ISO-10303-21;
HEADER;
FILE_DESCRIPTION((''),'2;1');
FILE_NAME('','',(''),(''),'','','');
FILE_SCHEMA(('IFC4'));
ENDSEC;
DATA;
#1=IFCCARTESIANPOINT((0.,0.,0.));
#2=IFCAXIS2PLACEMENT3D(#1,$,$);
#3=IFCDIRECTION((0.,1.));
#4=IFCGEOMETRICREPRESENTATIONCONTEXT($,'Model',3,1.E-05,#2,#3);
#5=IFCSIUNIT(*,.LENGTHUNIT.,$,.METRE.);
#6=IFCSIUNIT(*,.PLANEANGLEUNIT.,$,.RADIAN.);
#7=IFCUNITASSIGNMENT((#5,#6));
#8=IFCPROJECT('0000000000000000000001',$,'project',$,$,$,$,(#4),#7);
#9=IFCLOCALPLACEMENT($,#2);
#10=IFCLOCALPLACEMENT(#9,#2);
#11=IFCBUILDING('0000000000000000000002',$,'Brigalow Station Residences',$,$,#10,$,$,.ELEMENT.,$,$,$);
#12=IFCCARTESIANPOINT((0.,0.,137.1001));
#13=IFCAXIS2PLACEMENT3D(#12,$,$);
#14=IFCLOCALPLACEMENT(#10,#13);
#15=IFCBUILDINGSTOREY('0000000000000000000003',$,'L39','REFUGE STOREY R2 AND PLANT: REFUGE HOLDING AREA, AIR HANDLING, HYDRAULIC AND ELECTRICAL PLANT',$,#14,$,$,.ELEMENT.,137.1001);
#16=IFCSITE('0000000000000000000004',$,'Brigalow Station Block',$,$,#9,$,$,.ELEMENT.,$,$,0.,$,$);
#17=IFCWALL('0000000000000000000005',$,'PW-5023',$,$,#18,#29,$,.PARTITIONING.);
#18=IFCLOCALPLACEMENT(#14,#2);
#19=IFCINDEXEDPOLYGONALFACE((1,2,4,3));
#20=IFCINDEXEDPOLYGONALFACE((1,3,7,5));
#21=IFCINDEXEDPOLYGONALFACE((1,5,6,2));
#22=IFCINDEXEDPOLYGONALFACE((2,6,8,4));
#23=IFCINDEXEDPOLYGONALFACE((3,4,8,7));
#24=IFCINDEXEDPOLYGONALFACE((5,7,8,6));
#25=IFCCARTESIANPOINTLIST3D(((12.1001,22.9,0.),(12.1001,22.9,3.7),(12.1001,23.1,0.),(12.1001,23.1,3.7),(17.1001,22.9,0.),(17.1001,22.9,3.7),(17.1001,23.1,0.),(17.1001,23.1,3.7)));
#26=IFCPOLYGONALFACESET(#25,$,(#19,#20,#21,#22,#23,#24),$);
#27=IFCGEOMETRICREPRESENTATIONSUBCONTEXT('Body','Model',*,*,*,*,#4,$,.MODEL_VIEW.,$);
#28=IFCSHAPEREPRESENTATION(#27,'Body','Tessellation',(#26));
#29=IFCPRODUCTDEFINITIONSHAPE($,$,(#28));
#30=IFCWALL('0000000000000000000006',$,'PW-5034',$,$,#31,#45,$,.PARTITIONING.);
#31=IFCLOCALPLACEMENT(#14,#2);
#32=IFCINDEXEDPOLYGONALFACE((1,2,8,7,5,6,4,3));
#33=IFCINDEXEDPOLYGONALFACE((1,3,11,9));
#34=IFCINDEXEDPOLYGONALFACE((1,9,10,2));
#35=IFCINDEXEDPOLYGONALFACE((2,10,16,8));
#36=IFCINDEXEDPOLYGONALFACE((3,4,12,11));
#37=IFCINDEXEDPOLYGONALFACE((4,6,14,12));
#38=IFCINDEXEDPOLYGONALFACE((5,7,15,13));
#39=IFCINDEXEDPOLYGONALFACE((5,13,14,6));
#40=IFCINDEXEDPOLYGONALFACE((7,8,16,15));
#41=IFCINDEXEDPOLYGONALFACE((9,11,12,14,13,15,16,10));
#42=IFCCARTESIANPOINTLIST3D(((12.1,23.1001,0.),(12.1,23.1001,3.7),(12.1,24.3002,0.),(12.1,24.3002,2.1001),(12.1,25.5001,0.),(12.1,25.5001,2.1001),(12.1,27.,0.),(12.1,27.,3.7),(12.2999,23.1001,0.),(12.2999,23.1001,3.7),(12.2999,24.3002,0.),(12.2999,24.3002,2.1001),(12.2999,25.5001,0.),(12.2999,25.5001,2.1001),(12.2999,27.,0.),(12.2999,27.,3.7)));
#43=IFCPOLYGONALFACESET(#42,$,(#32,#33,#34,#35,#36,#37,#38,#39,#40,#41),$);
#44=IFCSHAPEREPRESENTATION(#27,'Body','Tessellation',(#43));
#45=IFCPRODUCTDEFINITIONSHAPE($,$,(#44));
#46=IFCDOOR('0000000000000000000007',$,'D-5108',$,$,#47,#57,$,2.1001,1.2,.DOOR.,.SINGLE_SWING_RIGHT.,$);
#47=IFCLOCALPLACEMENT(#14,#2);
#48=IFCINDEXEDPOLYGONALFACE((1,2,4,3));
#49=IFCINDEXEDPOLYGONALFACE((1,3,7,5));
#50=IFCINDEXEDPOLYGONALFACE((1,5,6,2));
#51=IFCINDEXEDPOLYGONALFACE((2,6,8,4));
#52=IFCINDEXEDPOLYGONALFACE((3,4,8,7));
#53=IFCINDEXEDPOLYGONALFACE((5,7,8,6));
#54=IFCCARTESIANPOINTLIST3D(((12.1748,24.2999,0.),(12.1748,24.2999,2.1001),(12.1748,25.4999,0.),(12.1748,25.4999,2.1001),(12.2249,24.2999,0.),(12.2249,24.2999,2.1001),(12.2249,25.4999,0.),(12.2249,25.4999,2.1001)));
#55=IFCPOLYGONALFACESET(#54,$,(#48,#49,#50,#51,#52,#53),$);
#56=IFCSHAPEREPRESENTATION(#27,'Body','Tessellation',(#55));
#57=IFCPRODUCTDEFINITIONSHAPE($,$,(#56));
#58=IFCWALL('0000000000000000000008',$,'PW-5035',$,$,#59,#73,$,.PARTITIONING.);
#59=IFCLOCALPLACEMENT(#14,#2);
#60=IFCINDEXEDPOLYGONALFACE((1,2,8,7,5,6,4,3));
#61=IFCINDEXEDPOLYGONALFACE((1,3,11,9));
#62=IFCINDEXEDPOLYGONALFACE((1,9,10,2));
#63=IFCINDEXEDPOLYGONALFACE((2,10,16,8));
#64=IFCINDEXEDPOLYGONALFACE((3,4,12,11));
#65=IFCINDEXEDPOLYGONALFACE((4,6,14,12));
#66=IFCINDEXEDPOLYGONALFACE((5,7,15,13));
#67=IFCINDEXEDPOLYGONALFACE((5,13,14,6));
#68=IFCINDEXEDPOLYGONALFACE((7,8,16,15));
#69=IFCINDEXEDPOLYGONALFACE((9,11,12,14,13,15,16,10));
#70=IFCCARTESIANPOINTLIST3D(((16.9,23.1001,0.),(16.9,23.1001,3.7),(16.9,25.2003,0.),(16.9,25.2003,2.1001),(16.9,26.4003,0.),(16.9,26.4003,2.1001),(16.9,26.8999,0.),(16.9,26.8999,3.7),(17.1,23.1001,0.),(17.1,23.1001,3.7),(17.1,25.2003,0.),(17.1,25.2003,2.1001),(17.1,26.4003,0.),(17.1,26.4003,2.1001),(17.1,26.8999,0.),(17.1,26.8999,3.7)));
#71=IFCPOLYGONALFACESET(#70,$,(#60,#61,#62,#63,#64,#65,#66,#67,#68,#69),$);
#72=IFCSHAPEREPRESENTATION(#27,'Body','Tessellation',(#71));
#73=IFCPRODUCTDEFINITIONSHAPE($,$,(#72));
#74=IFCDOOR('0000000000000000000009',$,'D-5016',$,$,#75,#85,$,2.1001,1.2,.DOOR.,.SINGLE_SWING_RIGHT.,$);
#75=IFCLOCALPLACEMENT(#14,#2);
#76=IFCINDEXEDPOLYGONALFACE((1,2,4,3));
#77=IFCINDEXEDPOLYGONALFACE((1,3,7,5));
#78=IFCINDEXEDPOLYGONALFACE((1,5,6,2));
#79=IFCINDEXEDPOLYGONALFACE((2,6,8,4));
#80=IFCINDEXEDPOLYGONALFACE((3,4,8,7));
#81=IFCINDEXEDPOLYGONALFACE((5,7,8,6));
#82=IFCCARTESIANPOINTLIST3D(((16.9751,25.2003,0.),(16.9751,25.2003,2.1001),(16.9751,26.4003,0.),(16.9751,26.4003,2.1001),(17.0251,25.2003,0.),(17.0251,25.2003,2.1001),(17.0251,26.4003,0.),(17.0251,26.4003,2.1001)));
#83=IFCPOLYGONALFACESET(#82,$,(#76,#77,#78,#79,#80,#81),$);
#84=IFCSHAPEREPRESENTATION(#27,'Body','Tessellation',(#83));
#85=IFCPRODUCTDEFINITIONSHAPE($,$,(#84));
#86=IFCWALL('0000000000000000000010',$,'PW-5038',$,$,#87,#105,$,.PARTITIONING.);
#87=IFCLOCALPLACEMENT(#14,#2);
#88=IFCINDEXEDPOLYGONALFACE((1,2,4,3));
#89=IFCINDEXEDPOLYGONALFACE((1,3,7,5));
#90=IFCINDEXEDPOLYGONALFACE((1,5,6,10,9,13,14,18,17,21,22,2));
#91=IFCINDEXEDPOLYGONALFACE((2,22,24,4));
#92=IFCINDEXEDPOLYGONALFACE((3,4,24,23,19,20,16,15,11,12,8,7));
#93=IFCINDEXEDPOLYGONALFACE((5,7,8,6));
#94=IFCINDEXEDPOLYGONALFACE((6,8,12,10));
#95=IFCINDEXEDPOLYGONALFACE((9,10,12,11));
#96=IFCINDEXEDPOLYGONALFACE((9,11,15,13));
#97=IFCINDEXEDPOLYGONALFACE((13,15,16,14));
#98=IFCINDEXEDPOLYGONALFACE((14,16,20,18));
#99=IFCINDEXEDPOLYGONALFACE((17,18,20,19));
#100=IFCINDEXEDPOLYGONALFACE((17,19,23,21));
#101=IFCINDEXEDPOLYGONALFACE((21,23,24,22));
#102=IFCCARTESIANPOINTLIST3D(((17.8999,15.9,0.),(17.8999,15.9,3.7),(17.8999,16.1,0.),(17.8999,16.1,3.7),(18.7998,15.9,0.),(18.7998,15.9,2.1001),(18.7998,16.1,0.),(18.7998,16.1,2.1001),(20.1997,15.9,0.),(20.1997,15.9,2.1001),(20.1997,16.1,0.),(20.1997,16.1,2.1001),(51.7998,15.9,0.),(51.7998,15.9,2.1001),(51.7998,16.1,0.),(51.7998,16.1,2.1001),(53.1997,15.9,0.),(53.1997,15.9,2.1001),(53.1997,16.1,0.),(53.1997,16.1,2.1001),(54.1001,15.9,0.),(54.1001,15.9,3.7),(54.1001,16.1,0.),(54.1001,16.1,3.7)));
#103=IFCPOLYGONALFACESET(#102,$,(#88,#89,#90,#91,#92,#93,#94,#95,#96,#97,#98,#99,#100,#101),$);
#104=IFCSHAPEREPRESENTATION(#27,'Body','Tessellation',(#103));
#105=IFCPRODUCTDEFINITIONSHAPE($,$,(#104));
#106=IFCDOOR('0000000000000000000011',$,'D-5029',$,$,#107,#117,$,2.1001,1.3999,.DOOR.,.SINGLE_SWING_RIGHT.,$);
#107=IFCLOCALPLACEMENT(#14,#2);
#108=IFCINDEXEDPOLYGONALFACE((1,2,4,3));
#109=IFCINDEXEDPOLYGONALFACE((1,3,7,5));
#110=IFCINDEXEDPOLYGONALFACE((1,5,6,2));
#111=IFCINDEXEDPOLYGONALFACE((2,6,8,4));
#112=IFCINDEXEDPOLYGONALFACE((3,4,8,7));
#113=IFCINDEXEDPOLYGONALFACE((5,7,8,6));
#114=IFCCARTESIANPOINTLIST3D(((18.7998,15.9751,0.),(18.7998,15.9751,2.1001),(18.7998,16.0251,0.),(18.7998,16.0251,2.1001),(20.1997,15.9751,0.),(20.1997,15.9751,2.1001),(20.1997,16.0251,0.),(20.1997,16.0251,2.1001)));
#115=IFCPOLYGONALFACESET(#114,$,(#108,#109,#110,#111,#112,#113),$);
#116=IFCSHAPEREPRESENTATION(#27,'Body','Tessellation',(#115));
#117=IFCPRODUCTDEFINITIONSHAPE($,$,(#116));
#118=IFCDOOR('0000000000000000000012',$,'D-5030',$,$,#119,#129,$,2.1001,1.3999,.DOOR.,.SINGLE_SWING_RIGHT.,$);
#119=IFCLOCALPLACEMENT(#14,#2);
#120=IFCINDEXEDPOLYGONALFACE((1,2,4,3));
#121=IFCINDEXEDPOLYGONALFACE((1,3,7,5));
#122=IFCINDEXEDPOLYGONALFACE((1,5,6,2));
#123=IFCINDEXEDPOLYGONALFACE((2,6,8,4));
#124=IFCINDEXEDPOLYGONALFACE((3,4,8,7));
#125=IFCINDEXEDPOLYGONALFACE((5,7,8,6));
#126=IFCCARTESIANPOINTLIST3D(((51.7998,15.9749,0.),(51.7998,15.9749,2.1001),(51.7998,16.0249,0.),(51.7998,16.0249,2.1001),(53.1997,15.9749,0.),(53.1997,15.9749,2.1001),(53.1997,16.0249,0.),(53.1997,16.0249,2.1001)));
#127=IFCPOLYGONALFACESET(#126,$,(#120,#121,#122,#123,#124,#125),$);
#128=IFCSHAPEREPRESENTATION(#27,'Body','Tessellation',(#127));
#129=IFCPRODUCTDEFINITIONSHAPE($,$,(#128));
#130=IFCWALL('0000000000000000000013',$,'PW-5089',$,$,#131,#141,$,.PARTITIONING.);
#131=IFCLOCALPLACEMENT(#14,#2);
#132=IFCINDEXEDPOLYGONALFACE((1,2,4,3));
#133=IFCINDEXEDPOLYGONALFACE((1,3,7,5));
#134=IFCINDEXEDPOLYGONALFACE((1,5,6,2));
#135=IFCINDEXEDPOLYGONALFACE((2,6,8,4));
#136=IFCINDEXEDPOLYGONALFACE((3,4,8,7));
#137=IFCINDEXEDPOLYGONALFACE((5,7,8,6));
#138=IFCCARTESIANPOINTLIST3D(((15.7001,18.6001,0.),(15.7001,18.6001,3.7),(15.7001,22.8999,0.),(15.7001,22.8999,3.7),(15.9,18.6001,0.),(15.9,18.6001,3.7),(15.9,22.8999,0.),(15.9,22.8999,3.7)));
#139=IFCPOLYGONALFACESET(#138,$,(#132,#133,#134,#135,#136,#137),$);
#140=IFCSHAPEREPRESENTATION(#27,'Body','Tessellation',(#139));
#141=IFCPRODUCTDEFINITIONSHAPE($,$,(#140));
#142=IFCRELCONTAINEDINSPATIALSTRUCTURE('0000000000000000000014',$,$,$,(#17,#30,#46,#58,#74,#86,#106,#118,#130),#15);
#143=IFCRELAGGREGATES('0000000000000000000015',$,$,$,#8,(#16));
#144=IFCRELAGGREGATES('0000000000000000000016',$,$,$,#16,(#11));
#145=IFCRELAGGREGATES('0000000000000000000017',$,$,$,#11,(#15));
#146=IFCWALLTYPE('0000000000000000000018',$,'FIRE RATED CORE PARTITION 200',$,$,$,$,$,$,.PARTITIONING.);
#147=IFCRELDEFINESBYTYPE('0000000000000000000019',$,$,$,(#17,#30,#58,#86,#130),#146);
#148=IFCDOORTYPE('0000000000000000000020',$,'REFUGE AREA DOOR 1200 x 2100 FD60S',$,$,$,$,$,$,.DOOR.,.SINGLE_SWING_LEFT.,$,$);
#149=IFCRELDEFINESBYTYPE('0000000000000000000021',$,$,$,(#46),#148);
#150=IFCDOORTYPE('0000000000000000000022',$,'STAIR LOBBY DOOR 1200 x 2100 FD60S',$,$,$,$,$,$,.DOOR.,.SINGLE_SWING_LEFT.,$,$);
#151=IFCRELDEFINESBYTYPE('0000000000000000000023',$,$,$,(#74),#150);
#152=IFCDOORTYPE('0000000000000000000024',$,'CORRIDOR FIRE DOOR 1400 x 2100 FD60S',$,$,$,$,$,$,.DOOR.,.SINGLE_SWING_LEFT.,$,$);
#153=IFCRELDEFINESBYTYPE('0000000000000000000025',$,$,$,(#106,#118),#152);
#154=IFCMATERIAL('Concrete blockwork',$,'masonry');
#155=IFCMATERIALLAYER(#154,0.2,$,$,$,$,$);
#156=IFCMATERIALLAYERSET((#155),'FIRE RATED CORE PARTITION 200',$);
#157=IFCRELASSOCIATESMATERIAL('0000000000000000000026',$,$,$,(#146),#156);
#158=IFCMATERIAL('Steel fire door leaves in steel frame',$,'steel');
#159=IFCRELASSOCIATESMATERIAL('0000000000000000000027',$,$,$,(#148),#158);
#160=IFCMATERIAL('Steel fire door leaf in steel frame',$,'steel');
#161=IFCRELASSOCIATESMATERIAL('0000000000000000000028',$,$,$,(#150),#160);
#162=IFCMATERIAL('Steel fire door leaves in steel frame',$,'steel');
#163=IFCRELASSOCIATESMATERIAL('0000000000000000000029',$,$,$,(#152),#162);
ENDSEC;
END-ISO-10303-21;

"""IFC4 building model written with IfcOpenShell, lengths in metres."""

from ifc_helpers import new_model, si_unit, direction, frame, frame_2d, origin, place, context, subcontext, project, spatial, rectangle, extrude, material, layer, layer_set, type_object, element, fill, save


model = new_model("IFC4")

# Units and contexts
model_context = context("Model", 3, precision=1e-05, world=origin(), true_north=direction((0.0, 1.0)))
body_context = subcontext(model_context, "Body", "Model", "MODEL_VIEW")
ifc_project = project(units=[si_unit("LENGTHUNIT", "METRE"), si_unit("PLANEANGLEUNIT", "RADIAN")], contexts=[model_context])

# Site, building, storey
site_placement = place(None, origin())
site = spatial("IfcSite", under=ifc_project, at=site_placement, Name="Brigalow Station Block", CompositionType="ELEMENT", RefElevation=0.0)
building_placement = place(site_placement, origin())
building = spatial("IfcBuilding", under=site, at=building_placement, Name="Brigalow Station Residences", CompositionType="ELEMENT")
storey_placement = place(building_placement, frame((0.0, 0.0, 137.1001)))
storey = spatial("IfcBuildingStorey", under=building, at=storey_placement, Name="L39", Description="REFUGE STOREY R2 AND PLANT: REFUGE HOLDING AREA, AIR HANDLING, HYDRAULIC AND ELECTRICAL PLANT", CompositionType="ELEMENT", Elevation=137.1001)

# Wall
ifc_material_1 = material(Name="Concrete blockwork", Category="masonry")
ifc_layer_1 = layer(ifc_material_1, 0.2)
ifc_layer_set_1 = layer_set([ifc_layer_1], Name="FIRE RATED CORE PARTITION 200")
wall_type_1 = type_object("IfcWallType", Name="FIRE RATED CORE PARTITION 200", PredefinedType="PARTITIONING", material=ifc_layer_set_1)
wall_1_placement = place(storey_placement, frame((12.1001, 23.0, 0.0), z_axis=(0.0, 0.0, 1.0), x_axis=(1.0, 0.0, 0.0)))
element("IfcWall", 1, at=wall_1_placement, inside=storey, type_object=wall_type_1, Name="PW-5023", PredefinedType="PARTITIONING", context=body_context, shape_type="SweptSolid", body=[
    extrude(rectangle(XDim=5.0, YDim=0.2, at=frame_2d((2.5, 0.0))), origin(), (0.0, 0.0, 1.0), 3.7),
])

# Walls, openings, doors
wall_2_placement = place(storey_placement, frame((12.2, 23.1001, 0.0), z_axis=(0.0, 0.0, 1.0), x_axis=(0.0, 1.0, 0.0)))
wall_2 = element("IfcWall", 2, at=wall_2_placement, inside=storey, type_object=wall_type_1, Name="PW-5034", PredefinedType="PARTITIONING", context=body_context, shape_type="SweptSolid", body=[
    extrude(rectangle(XDim=3.8999, YDim=0.2, at=frame_2d((1.95, 0.0))), origin(), (0.0, 0.0, 1.0), 3.7),
])
opening_1_placement = place(wall_2_placement, frame((1.2, 0.0, 0.0)))
opening_1 = element("IfcOpeningElement", 3, at=opening_1_placement, cuts=wall_2, PredefinedType="OPENING", context=body_context, shape_type="SweptSolid", body=[
    extrude(rectangle(XDim=1.2, YDim=2.1001, at=frame_2d((0.6001, 1.05))), frame((0.0, 0.1099, 0.0), z_axis=(0.0, -1.0, 0.0), x_axis=(1.0, 0.0, 0.0)), (0.0, 0.0, 1.0), 0.22),
])
ifc_material_2 = material(Name="Steel fire door leaves in steel frame", Category="steel")
door_type_1 = type_object("IfcDoorType", Name="REFUGE AREA DOOR 1200 x 2100 FD60S", OperationType="SINGLE_SWING_LEFT", PredefinedType="DOOR", material=ifc_material_2)
door_1_placement = place(opening_1_placement, frame((1.2, 0.0, 0.0), z_axis=(0.0, 0.0, 1.0), x_axis=(-1.0, 0.0, 0.0)))
door_1 = element("IfcDoor", 4, at=door_1_placement, inside=storey, type_object=door_type_1, Name="D-5108", OperationType="SINGLE_SWING_RIGHT", OverallHeight=2.1001, OverallWidth=1.2, PredefinedType="DOOR", context=body_context, shape_type="SweptSolid", body=[
    extrude(rectangle(XDim=1.2, YDim=2.1001, at=frame_2d((0.6001, 1.05))), frame((0.0, 0.0249, 0.0), z_axis=(0.0, -1.0, 0.0), x_axis=(1.0, 0.0, 0.0)), (0.0, 0.0, 1.0), 0.05),
])
fill(opening_1, door_1)
wall_3_placement = place(storey_placement, frame((17.0, 23.1001, 0.0), z_axis=(0.0, 0.0, 1.0), x_axis=(0.0, 1.0, 0.0)))
wall_3 = element("IfcWall", 5, at=wall_3_placement, inside=storey, type_object=wall_type_1, Name="PW-5035", PredefinedType="PARTITIONING", context=body_context, shape_type="SweptSolid", body=[
    extrude(rectangle(XDim=3.7998, YDim=0.2, at=frame_2d((1.8999, 0.0))), origin(), (0.0, 0.0, 1.0), 3.7),
])
opening_2_placement = place(wall_3_placement, frame((2.1001, 0.0, 0.0)))
opening_2 = element("IfcOpeningElement", 6, at=opening_2_placement, cuts=wall_3, PredefinedType="OPENING", context=body_context, shape_type="SweptSolid", body=[
    extrude(rectangle(XDim=1.2, YDim=2.1001, at=frame_2d((0.6001, 1.05))), frame((0.0, 0.1099, 0.0), z_axis=(0.0, -1.0, 0.0), x_axis=(1.0, 0.0, 0.0)), (0.0, 0.0, 1.0), 0.22),
])
ifc_material_3 = material(Name="Steel fire door leaf in steel frame", Category="steel")
door_type_2 = type_object("IfcDoorType", Name="STAIR LOBBY DOOR 1200 x 2100 FD60S", OperationType="SINGLE_SWING_LEFT", PredefinedType="DOOR", material=ifc_material_3)
door_2_placement = place(opening_2_placement, origin())
door_2 = element("IfcDoor", 7, at=door_2_placement, inside=storey, type_object=door_type_2, Name="D-5016", OperationType="SINGLE_SWING_RIGHT", OverallHeight=2.1001, OverallWidth=1.2, PredefinedType="DOOR", context=body_context, shape_type="SweptSolid", body=[
    extrude(rectangle(XDim=1.2, YDim=2.1001, at=frame_2d((0.6001, 1.05))), frame((0.0, 0.0249, 0.0), z_axis=(0.0, -1.0, 0.0), x_axis=(1.0, 0.0, 0.0)), (0.0, 0.0, 1.0), 0.05),
])
fill(opening_2, door_2)

# Wall, openings, doors
wall_4_placement = place(storey_placement, frame((17.8999, 16.0, 0.0), z_axis=(0.0, 0.0, 1.0), x_axis=(1.0, 0.0, 0.0)))
wall_4 = element("IfcWall", 8, at=wall_4_placement, inside=storey, type_object=wall_type_1, Name="PW-5038", PredefinedType="PARTITIONING", context=body_context, shape_type="SweptSolid", body=[
    extrude(rectangle(XDim=36.2002, YDim=0.2, at=frame_2d((18.1001, 0.0))), origin(), (0.0, 0.0, 1.0), 3.7),
])
opening_3_placement = place(wall_4_placement, frame((0.8999, 0.0, 0.0)))
opening_3 = element("IfcOpeningElement", 9, at=opening_3_placement, cuts=wall_4, PredefinedType="OPENING", context=body_context, shape_type="SweptSolid", body=[
    extrude(rectangle(XDim=1.3999, YDim=2.1001, at=frame_2d((0.7, 1.05))), frame((0.0, 0.1099, 0.0), z_axis=(0.0, -1.0, 0.0), x_axis=(1.0, 0.0, 0.0)), (0.0, 0.0, 1.0), 0.22),
])
opening_4_placement = place(wall_4_placement, frame((33.8999, 0.0, 0.0)))
opening_4 = element("IfcOpeningElement", 10, at=opening_4_placement, cuts=wall_4, PredefinedType="OPENING", context=body_context, shape_type="SweptSolid", body=[
    extrude(rectangle(XDim=1.3999, YDim=2.1001, at=frame_2d((0.7, 1.05))), frame((0.0, 0.1099, 0.0), z_axis=(0.0, -1.0, 0.0), x_axis=(1.0, 0.0, 0.0)), (0.0, 0.0, 1.0), 0.22),
])
ifc_material_4 = material(Name="Steel fire door leaves in steel frame", Category="steel")
door_type_3 = type_object("IfcDoorType", Name="CORRIDOR FIRE DOOR 1400 x 2100 FD60S", OperationType="SINGLE_SWING_LEFT", PredefinedType="DOOR", material=ifc_material_4)
door_3_placement = place(opening_3_placement, frame((1.3999, 0.0, 0.0), z_axis=(0.0, 0.0, 1.0), x_axis=(-1.0, 0.0, 0.0)))
door_3 = element("IfcDoor", 11, at=door_3_placement, inside=storey, type_object=door_type_3, Name="D-5029", OperationType="SINGLE_SWING_RIGHT", OverallHeight=2.1001, OverallWidth=1.3999, PredefinedType="DOOR", context=body_context, shape_type="SweptSolid", body=[
    extrude(rectangle(XDim=1.3999, YDim=2.1001, at=frame_2d((0.7, 1.05))), frame((0.0, 0.0249, 0.0), z_axis=(0.0, -1.0, 0.0), x_axis=(1.0, 0.0, 0.0)), (0.0, 0.0, 1.0), 0.05),
])
fill(opening_3, door_3)
door_4_placement = place(opening_4_placement, origin())
door_4 = element("IfcDoor", 12, at=door_4_placement, inside=storey, type_object=door_type_3, Name="D-5030", OperationType="SINGLE_SWING_RIGHT", OverallHeight=2.1001, OverallWidth=1.3999, PredefinedType="DOOR", context=body_context, shape_type="SweptSolid", body=[
    extrude(rectangle(XDim=1.3999, YDim=2.1001, at=frame_2d((0.7, 1.05))), frame((0.0, 0.0249, 0.0), z_axis=(0.0, -1.0, 0.0), x_axis=(1.0, 0.0, 0.0)), (0.0, 0.0, 1.0), 0.05),
])
fill(opening_4, door_4)

# Wall
wall_5_placement = place(storey_placement, frame((15.8, 18.6001, 0.0), z_axis=(0.0, 0.0, 1.0), x_axis=(0.0, 1.0, 0.0)))
element("IfcWall", 13, at=wall_5_placement, inside=storey, type_object=wall_type_1, Name="PW-5089", PredefinedType="PARTITIONING", context=body_context, shape_type="SweptSolid", body=[
    extrude(rectangle(XDim=4.2998, YDim=0.2, at=frame_2d((2.1499, 0.0))), origin(), (0.0, 0.0, 1.0), 3.7),
])

save(model, "model.ifc")
